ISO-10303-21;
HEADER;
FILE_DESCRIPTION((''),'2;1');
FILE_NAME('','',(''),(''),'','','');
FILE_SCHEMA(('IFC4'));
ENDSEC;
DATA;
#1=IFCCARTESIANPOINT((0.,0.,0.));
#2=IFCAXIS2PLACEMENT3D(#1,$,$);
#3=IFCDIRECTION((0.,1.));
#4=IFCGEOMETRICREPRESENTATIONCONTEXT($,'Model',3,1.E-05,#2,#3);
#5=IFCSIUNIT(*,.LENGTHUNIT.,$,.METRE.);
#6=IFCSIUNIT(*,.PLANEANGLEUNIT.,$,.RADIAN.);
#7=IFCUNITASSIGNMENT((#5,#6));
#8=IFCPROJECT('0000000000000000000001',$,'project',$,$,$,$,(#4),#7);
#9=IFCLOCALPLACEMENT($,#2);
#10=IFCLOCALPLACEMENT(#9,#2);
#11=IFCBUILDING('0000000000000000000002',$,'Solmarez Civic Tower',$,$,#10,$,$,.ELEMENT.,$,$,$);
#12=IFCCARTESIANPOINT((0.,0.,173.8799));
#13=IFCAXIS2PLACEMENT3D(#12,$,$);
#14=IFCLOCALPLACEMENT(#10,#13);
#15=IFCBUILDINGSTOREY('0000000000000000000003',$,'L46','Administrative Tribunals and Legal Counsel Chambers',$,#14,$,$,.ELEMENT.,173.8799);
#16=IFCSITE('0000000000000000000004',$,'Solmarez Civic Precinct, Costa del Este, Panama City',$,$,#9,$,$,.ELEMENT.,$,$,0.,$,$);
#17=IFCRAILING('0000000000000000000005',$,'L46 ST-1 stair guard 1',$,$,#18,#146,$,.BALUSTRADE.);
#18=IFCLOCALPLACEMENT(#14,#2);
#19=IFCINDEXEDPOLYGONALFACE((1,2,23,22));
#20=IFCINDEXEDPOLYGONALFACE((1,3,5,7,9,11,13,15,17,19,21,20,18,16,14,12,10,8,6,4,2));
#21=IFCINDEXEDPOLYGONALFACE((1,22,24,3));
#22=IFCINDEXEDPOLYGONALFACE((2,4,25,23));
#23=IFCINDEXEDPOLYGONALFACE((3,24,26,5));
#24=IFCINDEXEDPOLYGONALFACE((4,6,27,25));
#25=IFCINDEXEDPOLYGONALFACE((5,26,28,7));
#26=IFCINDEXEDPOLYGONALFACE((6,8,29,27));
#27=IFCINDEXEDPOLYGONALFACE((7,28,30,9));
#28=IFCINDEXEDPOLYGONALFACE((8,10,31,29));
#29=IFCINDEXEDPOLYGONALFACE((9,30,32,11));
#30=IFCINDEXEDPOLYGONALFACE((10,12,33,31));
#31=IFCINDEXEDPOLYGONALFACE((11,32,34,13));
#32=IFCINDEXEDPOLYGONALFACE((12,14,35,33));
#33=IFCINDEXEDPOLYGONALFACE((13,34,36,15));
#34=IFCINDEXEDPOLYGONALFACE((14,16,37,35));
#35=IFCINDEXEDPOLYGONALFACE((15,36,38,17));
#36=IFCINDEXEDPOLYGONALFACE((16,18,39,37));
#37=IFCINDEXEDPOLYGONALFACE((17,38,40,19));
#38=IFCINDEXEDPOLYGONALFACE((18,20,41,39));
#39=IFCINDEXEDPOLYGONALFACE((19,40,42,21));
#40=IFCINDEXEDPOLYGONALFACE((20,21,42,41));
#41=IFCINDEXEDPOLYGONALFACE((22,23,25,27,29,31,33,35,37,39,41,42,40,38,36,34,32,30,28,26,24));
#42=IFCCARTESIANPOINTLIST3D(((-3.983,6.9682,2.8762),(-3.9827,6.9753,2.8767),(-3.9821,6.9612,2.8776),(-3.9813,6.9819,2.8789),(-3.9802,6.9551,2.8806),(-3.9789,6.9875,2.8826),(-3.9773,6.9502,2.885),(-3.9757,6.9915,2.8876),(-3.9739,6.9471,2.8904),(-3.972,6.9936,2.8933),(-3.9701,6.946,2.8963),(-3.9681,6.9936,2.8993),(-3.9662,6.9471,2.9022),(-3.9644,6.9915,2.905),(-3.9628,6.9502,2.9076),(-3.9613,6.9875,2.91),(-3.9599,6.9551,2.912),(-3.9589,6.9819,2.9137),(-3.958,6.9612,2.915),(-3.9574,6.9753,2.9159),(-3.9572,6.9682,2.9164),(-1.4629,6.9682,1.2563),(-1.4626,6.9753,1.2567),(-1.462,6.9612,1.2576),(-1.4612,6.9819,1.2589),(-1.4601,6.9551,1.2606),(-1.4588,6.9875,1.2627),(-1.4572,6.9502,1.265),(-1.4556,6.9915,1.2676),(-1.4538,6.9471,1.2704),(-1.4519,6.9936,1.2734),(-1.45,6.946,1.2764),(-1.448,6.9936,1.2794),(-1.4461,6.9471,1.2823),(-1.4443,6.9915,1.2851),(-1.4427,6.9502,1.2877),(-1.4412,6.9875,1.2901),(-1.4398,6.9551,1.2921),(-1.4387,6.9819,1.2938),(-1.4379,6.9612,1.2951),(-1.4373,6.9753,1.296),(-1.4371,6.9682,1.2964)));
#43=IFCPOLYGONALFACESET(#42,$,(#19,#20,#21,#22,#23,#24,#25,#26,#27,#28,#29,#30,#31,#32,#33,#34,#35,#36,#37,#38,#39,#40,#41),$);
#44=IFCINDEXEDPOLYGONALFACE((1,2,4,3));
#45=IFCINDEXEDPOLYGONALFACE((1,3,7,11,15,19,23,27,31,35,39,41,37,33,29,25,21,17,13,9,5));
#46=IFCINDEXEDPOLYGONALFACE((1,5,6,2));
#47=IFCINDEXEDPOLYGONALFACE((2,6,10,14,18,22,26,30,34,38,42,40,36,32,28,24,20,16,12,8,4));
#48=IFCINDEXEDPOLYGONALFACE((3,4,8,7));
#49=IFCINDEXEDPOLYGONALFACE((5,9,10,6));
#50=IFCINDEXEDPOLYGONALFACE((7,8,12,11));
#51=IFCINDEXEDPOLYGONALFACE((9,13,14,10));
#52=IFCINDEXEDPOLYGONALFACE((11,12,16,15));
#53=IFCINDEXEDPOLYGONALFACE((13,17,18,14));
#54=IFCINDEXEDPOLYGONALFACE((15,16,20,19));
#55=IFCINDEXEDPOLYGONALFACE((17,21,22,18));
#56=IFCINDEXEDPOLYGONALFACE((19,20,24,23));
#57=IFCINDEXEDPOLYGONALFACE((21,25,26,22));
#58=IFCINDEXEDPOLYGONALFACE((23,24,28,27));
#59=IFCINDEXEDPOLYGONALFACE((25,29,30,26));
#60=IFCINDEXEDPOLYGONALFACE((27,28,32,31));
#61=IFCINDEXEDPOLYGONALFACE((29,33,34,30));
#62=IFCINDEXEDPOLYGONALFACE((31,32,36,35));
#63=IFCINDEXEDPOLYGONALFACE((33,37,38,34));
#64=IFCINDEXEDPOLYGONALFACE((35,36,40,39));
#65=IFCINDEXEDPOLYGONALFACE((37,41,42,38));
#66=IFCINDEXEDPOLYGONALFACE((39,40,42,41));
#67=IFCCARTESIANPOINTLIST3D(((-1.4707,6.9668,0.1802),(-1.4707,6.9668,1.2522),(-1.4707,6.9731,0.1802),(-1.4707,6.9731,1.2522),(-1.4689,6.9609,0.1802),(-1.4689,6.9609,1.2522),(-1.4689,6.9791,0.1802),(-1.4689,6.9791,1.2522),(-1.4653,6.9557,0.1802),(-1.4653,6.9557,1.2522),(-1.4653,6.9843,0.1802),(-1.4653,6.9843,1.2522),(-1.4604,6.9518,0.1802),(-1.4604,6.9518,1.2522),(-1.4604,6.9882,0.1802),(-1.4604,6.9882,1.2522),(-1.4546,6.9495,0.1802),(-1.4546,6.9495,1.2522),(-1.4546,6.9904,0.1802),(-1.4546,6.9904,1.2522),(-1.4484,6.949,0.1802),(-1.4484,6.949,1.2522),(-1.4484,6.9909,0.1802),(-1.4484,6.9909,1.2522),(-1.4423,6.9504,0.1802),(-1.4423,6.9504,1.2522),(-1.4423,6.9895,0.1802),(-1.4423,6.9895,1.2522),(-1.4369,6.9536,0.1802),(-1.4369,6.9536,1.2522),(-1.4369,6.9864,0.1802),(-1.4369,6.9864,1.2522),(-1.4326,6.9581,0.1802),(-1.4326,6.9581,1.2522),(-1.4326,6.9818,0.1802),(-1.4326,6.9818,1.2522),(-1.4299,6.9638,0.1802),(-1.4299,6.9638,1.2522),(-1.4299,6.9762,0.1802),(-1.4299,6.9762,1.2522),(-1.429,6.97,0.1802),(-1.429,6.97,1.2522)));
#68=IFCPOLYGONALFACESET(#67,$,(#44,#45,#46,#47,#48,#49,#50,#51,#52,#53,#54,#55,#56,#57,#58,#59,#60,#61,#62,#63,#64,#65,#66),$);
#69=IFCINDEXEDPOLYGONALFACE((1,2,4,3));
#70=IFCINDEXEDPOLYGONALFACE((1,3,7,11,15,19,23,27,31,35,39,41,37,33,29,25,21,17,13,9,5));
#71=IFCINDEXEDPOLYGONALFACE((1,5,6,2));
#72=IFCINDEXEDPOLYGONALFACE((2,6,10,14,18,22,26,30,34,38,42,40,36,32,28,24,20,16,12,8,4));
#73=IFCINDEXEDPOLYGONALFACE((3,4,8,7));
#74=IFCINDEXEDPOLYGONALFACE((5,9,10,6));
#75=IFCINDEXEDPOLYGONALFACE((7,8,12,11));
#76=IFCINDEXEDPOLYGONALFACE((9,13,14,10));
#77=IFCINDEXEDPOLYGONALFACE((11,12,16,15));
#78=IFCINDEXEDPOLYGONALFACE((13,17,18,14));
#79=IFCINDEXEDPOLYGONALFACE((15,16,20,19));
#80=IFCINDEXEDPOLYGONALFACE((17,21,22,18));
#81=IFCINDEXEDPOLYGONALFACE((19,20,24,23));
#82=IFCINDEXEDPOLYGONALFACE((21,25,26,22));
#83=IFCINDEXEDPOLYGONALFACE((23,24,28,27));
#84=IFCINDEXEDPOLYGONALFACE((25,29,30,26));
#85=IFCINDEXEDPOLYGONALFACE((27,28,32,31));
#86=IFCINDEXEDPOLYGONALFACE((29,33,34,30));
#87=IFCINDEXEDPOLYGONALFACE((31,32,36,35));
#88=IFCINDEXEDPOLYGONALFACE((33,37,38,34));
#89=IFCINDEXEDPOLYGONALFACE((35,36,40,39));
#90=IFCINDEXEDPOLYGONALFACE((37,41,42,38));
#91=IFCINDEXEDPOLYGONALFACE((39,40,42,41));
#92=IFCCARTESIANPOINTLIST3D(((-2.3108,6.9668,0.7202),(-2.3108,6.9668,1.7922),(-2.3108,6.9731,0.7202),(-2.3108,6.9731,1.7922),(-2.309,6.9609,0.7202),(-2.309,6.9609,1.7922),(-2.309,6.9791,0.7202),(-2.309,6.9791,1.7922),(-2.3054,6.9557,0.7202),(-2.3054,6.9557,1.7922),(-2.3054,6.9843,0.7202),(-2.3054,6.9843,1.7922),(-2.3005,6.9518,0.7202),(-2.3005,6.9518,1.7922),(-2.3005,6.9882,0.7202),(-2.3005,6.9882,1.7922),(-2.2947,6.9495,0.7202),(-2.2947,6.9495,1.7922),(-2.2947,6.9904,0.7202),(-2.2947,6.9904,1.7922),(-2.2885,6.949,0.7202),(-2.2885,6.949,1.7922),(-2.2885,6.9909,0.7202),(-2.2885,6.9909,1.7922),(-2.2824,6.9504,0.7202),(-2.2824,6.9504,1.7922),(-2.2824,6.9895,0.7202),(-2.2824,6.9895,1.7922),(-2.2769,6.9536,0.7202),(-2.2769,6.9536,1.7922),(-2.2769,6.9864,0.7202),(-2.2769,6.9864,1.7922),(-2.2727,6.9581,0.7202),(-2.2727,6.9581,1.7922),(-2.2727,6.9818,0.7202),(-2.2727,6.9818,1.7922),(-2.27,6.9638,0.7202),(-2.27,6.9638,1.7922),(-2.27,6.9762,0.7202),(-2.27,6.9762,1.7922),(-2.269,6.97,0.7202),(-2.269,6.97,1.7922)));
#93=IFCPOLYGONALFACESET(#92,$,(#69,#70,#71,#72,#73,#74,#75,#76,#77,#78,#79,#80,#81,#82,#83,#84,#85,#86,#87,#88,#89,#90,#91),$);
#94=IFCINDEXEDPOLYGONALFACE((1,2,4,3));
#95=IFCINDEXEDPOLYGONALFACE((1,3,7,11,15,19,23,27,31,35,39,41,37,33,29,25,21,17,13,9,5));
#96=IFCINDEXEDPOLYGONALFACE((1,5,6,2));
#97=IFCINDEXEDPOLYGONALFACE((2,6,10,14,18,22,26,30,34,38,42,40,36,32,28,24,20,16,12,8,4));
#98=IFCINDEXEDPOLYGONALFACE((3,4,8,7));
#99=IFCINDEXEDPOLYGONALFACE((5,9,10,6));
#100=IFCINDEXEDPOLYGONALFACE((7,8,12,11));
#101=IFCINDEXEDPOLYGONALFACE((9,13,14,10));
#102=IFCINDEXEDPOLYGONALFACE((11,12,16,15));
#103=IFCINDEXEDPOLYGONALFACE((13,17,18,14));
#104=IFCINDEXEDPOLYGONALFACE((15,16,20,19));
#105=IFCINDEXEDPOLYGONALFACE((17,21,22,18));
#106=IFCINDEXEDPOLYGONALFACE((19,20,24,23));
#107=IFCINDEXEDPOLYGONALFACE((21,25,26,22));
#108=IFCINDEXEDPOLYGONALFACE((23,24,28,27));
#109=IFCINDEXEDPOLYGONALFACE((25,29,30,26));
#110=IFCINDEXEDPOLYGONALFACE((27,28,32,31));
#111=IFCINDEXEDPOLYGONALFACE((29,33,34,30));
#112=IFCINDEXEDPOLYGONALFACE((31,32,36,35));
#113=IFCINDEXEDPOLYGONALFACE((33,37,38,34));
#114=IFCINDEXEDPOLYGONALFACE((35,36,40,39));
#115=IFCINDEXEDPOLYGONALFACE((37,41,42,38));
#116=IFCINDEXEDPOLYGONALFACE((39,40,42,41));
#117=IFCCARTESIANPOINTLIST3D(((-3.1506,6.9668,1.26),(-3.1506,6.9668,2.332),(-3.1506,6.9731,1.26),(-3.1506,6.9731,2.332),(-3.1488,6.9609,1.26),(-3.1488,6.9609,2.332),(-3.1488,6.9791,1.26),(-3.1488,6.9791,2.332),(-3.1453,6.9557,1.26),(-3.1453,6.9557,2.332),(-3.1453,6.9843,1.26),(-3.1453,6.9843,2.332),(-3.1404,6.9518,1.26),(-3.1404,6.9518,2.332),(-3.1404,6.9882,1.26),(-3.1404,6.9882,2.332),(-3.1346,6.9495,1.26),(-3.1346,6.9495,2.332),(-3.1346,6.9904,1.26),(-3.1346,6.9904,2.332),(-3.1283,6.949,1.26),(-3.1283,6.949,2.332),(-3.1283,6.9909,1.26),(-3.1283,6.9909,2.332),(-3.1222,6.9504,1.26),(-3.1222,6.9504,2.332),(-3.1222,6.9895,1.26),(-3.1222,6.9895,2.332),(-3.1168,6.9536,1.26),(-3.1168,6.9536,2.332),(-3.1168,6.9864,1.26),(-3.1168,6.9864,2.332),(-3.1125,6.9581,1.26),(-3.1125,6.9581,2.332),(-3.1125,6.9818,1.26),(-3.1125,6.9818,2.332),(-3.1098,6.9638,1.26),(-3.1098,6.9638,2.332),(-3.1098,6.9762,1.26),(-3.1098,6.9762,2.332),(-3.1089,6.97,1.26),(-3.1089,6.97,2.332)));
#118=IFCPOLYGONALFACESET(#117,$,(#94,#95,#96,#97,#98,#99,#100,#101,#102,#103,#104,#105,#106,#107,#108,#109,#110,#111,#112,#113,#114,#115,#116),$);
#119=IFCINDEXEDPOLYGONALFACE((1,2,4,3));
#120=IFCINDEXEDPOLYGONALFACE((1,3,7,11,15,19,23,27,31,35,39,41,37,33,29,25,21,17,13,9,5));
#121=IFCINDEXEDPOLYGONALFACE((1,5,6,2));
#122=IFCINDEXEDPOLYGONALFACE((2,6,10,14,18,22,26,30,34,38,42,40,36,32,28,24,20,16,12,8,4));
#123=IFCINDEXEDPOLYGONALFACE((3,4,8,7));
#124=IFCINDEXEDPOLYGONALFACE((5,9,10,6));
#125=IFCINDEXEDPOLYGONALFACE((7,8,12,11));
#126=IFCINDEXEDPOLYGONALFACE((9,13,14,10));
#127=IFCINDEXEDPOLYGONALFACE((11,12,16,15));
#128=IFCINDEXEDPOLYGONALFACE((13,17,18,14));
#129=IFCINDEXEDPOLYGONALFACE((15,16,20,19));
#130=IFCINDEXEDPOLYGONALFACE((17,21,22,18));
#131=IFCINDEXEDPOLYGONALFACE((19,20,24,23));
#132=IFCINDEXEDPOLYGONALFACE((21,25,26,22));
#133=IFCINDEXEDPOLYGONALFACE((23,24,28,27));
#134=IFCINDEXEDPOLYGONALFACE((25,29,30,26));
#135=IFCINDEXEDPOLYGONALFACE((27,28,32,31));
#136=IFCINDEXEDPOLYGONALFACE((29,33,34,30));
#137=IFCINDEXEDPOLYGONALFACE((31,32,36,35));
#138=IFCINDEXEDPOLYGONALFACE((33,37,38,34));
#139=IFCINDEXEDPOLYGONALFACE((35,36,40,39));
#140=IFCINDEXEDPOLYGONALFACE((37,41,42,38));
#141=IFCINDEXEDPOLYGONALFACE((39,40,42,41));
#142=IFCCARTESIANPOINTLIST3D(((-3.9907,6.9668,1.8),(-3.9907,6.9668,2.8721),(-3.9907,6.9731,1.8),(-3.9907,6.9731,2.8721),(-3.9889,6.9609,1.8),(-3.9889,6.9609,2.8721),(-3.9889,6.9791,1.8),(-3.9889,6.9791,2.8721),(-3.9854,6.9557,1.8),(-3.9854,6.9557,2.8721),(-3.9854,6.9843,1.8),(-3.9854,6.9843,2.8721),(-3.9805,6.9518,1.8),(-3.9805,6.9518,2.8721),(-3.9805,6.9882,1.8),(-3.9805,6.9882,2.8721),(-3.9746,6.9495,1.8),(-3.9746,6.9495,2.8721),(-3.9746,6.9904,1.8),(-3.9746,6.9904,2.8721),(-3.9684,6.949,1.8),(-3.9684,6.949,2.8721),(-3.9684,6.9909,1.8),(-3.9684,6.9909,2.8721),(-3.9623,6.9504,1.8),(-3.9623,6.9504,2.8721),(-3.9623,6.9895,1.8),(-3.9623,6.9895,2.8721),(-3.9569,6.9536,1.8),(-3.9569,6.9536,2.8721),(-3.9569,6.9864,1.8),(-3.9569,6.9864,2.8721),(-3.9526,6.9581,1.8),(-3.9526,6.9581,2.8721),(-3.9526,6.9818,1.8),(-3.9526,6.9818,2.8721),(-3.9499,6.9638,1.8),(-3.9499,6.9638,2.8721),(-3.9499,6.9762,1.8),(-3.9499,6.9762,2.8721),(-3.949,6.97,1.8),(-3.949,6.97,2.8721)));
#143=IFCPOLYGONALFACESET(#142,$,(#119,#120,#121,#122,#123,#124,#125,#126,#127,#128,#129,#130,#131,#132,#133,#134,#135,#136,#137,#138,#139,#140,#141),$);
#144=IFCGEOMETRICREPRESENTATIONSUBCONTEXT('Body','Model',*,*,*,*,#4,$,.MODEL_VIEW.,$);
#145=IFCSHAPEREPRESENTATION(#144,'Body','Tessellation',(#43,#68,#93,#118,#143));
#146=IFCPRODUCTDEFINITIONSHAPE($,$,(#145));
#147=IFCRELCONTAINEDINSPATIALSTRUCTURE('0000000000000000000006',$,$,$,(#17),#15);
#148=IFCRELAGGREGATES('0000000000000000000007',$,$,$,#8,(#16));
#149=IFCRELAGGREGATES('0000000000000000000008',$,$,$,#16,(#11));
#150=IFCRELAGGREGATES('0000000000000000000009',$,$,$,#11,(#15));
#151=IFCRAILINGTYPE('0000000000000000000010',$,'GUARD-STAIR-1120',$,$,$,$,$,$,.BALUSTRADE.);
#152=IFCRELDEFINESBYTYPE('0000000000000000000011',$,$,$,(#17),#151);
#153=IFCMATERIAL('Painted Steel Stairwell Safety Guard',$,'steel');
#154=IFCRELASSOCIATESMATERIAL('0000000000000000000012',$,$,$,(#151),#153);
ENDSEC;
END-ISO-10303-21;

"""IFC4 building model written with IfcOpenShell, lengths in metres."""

from ifc_helpers import new_model, si_unit, direction, frame, origin, origin_2d, place, context, subcontext, project, spatial, circle, extrude, material, type_object, element, save


model = new_model("IFC4")

# Units and contexts
model_context = context("Model", 3, precision=1e-05, world=origin(), true_north=direction((0.0, 1.0)))
body_context = subcontext(model_context, "Body", "Model", "MODEL_VIEW")
ifc_project = project(units=[si_unit("LENGTHUNIT", "METRE"), si_unit("PLANEANGLEUNIT", "RADIAN")], contexts=[model_context])

# Site, building, storey
site_placement = place(None, origin())
site = spatial("IfcSite", under=ifc_project, at=site_placement, Name="Solmarez Civic Precinct, Costa del Este, Panama City", CompositionType="ELEMENT", RefElevation=0.0)
building_placement = place(site_placement, origin())
building = spatial("IfcBuilding", under=site, at=building_placement, Name="Solmarez Civic Tower", CompositionType="ELEMENT")
storey_placement = place(building_placement, frame((0.0, 0.0, 173.8799)))
storey = spatial("IfcBuildingStorey", under=building, at=storey_placement, Name="L46", Description="Administrative Tribunals and Legal Counsel Chambers", CompositionType="ELEMENT", Elevation=173.8799)

# Railing
ifc_material_1 = material(Name="Painted Steel Stairwell Safety Guard", Category="steel")
railing_type_1 = type_object("IfcRailingType", Name="GUARD-STAIR-1120", PredefinedType="BALUSTRADE", material=ifc_material_1)
railing_1_placement = place(storey_placement, frame((-1.45, 6.97, 0.1802)))
element("IfcRailing", 1, at=railing_1_placement, inside=storey, type_object=railing_type_1, Name="L46 ST-1 stair guard 1", PredefinedType="BALUSTRADE", context=body_context, shape_type="SweptSolid", body=[
    extrude(circle(Radius=0.0239, at=origin_2d()), frame((0.0, 0.0, 1.0962), z_axis=(-0.8412, 0.0, 0.540725), x_axis=(0.0, -1.0, 0.0)), (0.0, 0.0, 1.0), 2.9958),
    extrude(circle(Radius=0.021, at=origin_2d()), origin(), (0.0, 0.0, 1.0), 1.072),
    extrude(circle(Radius=0.021, at=origin_2d()), frame((-0.8401, 0.0, 0.54)), (0.0, 0.0, 1.0), 1.072),
    extrude(circle(Radius=0.021, at=origin_2d()), frame((-1.6799, 0.0, 1.0798)), (0.0, 0.0, 1.0), 1.072),
    extrude(circle(Radius=0.021, at=origin_2d()), frame((-2.52, 0.0, 1.6199)), (0.0, 0.0, 1.0), 1.072),
])

save(model, "model.ifc")
